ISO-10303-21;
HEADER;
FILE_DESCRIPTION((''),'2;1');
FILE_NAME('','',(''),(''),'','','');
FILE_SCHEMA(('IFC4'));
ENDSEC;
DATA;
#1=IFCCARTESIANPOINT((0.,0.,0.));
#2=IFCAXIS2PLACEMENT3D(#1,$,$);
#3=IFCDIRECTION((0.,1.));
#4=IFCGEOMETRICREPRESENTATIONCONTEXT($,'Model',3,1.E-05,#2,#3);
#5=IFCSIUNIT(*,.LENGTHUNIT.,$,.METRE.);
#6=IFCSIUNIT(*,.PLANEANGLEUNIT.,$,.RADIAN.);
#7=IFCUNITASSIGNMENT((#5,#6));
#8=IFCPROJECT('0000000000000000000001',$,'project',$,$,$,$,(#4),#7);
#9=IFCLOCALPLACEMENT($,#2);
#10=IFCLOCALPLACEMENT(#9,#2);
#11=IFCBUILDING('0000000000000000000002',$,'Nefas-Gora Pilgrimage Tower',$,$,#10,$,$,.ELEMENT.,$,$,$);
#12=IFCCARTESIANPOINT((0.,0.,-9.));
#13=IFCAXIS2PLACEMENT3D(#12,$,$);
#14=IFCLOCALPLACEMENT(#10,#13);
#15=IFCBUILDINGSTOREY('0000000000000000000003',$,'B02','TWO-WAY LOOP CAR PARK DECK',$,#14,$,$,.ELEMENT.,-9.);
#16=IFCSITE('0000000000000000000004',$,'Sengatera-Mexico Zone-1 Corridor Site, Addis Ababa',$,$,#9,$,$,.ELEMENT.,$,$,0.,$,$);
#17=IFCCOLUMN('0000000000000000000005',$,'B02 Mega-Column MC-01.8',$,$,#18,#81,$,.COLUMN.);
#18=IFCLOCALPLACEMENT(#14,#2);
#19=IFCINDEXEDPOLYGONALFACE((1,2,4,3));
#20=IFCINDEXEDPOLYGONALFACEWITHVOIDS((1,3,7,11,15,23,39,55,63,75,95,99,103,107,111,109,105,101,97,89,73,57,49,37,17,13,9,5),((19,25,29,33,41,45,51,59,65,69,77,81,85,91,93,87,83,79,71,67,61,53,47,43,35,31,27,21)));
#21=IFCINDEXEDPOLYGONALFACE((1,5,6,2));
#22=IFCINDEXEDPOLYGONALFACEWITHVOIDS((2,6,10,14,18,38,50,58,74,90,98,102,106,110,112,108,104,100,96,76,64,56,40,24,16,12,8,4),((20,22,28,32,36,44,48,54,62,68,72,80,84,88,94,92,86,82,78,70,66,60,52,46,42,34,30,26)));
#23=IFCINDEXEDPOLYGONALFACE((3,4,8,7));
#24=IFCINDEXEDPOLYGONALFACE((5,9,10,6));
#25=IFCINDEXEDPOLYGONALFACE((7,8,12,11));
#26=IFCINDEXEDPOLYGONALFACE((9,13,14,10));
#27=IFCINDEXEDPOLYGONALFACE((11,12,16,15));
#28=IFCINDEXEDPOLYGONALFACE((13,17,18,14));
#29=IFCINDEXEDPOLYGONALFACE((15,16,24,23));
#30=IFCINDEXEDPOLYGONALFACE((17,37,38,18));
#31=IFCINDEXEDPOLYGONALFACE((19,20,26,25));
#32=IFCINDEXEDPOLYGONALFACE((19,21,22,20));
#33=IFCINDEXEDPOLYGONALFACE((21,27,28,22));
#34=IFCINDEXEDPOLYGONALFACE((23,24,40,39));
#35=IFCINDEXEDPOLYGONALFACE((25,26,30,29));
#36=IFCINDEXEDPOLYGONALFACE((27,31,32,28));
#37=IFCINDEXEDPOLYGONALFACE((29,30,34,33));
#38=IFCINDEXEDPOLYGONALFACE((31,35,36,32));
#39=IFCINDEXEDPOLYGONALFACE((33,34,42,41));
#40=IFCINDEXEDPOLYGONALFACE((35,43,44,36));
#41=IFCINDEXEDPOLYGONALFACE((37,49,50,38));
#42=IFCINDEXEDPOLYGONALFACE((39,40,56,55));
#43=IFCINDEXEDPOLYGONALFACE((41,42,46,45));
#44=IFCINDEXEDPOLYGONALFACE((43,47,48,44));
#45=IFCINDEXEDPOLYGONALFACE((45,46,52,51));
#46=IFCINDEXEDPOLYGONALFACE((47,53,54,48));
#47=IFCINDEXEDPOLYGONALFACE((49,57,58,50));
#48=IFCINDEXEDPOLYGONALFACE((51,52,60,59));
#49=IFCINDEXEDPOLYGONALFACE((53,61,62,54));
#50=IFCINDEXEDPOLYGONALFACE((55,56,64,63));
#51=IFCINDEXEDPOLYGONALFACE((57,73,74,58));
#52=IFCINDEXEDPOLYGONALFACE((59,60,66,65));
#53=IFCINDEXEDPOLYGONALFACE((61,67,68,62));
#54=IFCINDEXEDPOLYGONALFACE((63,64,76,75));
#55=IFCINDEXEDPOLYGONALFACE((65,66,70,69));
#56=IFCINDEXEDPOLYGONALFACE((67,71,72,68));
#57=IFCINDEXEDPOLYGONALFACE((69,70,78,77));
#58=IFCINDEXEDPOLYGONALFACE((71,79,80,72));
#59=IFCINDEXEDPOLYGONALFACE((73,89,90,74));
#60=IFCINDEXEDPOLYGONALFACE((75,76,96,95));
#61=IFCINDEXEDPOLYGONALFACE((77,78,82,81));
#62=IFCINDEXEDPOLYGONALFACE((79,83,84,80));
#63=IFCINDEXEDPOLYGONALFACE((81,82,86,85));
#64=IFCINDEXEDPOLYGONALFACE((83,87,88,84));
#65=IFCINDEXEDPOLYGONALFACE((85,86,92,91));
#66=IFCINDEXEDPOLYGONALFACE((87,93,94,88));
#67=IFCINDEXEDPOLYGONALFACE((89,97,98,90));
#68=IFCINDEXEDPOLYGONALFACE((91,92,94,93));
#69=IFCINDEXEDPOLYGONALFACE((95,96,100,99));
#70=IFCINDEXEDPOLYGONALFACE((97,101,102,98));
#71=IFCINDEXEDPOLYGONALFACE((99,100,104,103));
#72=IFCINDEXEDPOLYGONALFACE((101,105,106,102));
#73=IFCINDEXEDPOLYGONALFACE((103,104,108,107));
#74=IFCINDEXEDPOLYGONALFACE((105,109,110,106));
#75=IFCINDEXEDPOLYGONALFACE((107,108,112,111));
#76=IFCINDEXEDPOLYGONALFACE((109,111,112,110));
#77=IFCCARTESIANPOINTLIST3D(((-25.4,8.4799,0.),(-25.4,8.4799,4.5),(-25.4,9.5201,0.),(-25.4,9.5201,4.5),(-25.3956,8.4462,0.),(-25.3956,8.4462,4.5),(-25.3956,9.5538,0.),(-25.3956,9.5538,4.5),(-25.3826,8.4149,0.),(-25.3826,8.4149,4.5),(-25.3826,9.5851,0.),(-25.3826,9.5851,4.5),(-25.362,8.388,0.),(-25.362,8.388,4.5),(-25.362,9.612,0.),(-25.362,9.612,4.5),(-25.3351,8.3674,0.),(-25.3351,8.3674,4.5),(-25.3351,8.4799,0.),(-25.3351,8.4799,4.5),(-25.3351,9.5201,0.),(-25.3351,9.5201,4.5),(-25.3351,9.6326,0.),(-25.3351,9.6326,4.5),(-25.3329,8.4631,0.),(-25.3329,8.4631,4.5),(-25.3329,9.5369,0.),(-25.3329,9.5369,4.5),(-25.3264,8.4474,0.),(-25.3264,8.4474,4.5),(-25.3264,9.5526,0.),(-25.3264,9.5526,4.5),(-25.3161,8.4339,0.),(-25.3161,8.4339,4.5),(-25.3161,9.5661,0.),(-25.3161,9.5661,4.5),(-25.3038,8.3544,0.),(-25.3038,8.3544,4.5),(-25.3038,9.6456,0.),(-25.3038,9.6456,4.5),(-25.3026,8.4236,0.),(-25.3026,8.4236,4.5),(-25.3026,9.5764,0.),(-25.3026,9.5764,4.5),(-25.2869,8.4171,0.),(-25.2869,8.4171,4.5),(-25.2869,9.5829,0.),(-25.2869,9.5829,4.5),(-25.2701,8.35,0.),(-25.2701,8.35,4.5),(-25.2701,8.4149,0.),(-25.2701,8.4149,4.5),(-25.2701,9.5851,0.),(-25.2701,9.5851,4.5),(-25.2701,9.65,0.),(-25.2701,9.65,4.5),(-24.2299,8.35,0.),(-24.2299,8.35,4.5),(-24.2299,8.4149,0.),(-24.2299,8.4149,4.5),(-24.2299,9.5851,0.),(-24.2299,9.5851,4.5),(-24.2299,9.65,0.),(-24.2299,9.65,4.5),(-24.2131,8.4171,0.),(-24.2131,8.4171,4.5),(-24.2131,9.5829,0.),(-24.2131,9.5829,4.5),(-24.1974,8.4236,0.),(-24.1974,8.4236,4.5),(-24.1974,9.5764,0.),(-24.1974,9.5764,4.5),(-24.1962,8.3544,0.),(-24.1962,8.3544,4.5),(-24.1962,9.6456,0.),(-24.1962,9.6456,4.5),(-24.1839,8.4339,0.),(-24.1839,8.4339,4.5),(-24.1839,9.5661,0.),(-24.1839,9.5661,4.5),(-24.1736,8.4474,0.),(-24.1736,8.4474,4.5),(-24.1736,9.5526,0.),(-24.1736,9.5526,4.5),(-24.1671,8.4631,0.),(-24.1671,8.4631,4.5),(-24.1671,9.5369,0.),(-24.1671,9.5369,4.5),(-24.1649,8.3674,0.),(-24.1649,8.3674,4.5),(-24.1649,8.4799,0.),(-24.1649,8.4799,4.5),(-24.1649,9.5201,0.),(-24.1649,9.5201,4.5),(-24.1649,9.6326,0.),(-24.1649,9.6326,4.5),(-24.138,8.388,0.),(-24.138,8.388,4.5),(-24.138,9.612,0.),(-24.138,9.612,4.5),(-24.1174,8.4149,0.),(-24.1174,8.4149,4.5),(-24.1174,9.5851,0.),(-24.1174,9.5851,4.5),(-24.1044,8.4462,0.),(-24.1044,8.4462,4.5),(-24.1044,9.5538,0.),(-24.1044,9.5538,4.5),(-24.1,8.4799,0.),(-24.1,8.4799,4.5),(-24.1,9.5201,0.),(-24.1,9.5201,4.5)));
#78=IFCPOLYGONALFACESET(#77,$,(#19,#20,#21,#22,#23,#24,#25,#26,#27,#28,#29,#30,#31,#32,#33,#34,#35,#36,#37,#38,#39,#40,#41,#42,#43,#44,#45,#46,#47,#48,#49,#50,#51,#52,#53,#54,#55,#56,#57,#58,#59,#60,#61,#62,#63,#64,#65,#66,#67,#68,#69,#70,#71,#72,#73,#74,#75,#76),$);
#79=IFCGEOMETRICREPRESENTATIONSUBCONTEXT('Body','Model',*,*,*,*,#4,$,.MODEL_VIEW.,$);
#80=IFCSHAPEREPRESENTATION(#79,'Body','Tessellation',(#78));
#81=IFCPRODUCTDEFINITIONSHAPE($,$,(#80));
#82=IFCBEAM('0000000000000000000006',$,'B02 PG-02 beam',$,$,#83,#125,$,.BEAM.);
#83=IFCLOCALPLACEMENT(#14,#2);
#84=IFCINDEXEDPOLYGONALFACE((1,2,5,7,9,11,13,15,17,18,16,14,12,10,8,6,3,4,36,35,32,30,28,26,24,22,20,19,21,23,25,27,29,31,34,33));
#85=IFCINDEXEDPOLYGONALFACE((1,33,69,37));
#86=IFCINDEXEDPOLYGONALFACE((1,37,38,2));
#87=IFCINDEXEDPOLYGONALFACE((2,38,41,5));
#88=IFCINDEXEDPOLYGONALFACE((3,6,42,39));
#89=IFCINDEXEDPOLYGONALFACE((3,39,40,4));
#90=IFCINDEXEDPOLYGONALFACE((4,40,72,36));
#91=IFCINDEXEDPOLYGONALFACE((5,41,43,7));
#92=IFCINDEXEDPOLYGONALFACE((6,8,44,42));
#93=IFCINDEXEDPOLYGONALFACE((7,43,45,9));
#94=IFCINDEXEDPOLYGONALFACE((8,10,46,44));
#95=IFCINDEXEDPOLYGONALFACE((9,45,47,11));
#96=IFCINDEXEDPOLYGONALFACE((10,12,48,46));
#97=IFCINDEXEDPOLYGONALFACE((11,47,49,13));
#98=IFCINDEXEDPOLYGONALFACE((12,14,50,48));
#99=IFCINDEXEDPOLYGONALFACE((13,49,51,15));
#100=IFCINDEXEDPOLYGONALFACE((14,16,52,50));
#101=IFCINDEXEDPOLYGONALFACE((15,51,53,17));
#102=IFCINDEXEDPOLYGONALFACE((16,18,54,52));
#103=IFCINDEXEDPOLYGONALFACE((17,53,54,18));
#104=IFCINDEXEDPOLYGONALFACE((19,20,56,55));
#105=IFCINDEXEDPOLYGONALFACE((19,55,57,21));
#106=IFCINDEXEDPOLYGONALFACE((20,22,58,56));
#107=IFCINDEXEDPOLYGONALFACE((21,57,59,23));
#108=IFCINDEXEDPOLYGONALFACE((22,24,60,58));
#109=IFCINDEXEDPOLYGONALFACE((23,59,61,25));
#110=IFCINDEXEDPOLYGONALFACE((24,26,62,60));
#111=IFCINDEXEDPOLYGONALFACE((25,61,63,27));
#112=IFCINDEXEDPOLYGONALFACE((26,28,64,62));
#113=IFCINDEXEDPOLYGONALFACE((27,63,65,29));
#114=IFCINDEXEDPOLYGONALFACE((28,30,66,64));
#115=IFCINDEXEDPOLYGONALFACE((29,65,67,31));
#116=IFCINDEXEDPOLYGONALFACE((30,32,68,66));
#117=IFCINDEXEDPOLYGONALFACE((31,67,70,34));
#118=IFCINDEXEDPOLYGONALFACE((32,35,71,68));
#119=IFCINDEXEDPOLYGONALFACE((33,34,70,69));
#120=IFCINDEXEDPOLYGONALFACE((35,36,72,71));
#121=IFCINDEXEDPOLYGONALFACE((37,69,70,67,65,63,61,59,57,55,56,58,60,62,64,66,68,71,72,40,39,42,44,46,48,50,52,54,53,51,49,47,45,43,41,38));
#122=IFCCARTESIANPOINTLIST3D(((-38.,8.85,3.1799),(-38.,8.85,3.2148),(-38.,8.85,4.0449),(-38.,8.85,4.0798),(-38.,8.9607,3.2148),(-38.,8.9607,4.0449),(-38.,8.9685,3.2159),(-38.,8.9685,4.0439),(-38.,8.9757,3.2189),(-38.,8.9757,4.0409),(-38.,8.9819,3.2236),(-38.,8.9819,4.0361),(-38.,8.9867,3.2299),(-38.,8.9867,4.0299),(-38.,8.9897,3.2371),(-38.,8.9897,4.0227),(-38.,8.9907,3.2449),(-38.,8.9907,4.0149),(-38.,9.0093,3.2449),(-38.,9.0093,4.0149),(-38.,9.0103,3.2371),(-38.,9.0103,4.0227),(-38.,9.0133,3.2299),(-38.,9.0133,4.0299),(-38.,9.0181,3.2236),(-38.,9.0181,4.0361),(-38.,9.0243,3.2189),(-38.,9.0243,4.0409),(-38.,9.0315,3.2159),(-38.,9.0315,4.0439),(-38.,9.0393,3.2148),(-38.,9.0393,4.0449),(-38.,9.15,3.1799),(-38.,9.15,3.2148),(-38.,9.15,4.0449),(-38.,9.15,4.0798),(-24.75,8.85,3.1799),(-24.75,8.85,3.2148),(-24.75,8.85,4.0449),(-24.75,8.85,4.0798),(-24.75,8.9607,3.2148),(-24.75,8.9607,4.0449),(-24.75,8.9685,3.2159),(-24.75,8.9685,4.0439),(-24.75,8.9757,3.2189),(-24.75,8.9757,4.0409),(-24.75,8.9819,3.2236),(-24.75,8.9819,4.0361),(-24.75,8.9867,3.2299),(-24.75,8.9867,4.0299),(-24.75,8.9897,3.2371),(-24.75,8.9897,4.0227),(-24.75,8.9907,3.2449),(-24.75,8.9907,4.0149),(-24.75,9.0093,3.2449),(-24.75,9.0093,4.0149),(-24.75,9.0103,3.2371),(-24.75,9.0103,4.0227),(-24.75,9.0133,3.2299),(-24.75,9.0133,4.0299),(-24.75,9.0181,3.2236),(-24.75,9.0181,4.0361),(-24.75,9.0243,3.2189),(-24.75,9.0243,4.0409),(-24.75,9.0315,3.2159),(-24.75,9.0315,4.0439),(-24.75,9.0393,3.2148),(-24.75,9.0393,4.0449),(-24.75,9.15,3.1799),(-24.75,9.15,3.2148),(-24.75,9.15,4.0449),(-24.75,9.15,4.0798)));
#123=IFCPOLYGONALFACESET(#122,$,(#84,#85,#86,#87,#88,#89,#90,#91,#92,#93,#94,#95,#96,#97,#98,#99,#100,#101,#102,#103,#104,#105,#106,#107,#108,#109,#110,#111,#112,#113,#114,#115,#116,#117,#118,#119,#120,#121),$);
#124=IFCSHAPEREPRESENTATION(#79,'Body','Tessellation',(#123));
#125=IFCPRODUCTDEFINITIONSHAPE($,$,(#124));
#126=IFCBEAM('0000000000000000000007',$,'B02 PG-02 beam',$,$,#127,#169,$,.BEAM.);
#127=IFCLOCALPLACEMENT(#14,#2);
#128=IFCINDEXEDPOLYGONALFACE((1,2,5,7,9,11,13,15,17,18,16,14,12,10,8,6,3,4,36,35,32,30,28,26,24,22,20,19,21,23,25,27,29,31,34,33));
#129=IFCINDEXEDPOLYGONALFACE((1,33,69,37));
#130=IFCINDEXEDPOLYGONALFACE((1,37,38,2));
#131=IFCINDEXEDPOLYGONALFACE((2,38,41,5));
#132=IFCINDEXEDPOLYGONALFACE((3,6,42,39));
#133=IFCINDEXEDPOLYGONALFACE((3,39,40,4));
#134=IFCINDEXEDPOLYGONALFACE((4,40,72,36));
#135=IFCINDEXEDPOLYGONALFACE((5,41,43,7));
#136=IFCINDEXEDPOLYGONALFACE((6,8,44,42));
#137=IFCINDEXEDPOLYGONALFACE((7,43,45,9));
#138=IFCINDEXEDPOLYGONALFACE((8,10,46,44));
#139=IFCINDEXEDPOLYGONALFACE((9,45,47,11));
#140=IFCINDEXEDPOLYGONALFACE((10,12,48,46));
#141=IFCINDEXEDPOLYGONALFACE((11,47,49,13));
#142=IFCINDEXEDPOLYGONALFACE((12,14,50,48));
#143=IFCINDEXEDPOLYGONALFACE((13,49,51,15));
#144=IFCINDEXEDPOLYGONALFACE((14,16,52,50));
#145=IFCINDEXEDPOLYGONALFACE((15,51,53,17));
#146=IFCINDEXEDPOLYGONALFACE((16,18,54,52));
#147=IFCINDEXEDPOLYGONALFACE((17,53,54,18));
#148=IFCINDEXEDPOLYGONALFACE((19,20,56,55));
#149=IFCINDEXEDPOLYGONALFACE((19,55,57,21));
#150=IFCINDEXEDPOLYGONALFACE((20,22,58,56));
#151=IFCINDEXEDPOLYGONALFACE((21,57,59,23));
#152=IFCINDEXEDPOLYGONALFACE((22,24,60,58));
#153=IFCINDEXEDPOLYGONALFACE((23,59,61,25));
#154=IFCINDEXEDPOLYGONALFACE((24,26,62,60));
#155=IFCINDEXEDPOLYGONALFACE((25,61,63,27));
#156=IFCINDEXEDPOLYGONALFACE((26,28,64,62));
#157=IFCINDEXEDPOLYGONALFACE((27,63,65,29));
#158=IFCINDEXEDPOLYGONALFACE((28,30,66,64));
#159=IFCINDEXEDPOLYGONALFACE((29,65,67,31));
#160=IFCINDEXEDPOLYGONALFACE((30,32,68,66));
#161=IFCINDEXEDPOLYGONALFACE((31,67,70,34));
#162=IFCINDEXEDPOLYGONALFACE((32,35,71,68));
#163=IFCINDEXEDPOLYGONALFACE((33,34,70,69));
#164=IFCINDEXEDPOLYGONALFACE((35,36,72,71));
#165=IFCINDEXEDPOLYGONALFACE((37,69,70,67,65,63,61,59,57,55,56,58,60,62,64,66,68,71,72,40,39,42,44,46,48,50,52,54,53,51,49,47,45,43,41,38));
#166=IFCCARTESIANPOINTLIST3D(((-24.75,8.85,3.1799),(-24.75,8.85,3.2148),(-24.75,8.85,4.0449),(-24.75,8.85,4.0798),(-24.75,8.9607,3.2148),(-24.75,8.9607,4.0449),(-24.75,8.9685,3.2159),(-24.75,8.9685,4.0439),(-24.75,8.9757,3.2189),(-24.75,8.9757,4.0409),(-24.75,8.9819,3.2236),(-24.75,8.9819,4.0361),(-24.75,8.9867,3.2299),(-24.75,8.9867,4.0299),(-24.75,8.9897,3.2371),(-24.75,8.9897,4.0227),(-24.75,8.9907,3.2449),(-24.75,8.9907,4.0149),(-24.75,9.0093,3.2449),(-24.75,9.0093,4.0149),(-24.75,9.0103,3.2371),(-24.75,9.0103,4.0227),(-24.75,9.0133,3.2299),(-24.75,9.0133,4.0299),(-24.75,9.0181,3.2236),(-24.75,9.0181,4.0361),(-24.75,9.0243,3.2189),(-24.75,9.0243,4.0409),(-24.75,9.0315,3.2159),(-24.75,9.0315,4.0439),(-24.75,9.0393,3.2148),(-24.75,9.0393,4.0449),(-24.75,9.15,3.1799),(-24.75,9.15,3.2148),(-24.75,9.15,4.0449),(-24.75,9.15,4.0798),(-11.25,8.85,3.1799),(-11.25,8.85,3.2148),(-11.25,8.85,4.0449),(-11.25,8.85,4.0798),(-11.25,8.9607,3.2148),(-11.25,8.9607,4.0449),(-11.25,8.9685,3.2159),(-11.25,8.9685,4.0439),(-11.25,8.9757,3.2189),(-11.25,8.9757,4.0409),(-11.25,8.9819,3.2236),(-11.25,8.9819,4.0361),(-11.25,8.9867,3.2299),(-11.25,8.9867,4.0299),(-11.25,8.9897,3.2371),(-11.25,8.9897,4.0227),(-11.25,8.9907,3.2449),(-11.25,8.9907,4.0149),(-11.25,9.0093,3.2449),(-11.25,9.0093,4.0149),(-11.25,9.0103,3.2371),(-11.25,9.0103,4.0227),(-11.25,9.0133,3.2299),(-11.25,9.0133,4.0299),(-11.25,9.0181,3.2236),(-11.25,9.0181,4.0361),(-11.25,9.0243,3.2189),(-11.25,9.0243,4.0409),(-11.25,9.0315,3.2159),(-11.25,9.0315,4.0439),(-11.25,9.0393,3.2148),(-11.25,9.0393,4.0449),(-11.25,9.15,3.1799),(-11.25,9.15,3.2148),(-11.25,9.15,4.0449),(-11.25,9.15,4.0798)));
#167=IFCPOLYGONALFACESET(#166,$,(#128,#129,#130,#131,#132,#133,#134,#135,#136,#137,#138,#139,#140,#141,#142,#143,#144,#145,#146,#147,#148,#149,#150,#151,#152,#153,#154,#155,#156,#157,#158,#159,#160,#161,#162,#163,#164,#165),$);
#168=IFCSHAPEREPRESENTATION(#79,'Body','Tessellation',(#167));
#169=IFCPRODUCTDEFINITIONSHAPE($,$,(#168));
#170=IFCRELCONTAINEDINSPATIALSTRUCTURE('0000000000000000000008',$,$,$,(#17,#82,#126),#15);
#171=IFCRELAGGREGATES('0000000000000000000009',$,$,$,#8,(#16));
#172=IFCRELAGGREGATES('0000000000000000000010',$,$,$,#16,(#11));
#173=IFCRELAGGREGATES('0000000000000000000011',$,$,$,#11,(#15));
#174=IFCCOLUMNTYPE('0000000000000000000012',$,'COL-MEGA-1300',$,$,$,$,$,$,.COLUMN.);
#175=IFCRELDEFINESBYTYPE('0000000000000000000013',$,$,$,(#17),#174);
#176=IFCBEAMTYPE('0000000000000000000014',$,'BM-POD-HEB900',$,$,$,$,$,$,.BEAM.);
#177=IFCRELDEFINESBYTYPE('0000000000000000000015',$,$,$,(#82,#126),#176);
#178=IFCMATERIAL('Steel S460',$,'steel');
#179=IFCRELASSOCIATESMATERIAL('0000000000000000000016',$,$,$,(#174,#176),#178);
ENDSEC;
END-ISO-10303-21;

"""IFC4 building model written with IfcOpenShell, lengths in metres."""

from ifc_helpers import new_model, si_unit, direction, frame, origin, origin_2d, place, context, subcontext, project, spatial, hollow_rectangle, i_section, extrude, source, transform, mapped, material, material_profile, profile_set, type_object, element, save


model = new_model("IFC4")

# Units and contexts
model_context = context("Model", 3, precision=1e-05, world=origin(), true_north=direction((0.0, 1.0)))
body_context = subcontext(model_context, "Body", "Model", "MODEL_VIEW")
ifc_project = project(units=[si_unit("LENGTHUNIT", "METRE"), si_unit("PLANEANGLEUNIT", "RADIAN")], contexts=[model_context])

# Site, building, storey
site_placement = place(None, origin())
site = spatial("IfcSite", under=ifc_project, at=site_placement, Name="Sengatera-Mexico Zone-1 Corridor Site, Addis Ababa", CompositionType="ELEMENT", RefElevation=0.0)
building_placement = place(site_placement, origin())
building = spatial("IfcBuilding", under=site, at=building_placement, Name="Nefas-Gora Pilgrimage Tower", CompositionType="ELEMENT")
storey_placement = place(building_placement, frame((0.0, 0.0, -9.0)))
storey = spatial("IfcBuildingStorey", under=building, at=storey_placement, Name="B02", Description="TWO-WAY LOOP CAR PARK DECK", CompositionType="ELEMENT", Elevation=-9.0)

# Column
ifc_material_1 = material(Name="Steel S460", Category="steel")
ifc_material_profile_1 = material_profile(ifc_material_1, hollow_rectangle(XDim=1.3, YDim=1.3, WallThickness=0.0649, InnerFilletRadius=0.0649, OuterFilletRadius=0.1299, at=origin_2d()), Name="BOX 1300x1300x65")
ifc_profile_set_1 = profile_set([ifc_material_profile_1], Name="Steel S460")
column_type = type_object("IfcColumnType", Name="COL-MEGA-1300", PredefinedType="COLUMN", material=ifc_profile_set_1)
shared_shape_1 = source(origin(), body_context, "Body", "SweptSolid", [
    extrude(hollow_rectangle(XDim=1.3, YDim=1.3, WallThickness=0.0649, InnerFilletRadius=0.0649, OuterFilletRadius=0.1299, at=origin_2d()), origin(), (0.0, 0.0, 1.0), 4.5),
])
column_placement = place(storey_placement, frame((-24.75, 9.0, 0.0), z_axis=(0.0, 0.0, 1.0), x_axis=(1.0, 0.0, 0.0)))
element("IfcColumn", 1, at=column_placement, inside=storey, type_object=column_type, Name="B02 Mega-Column MC-01.8", PredefinedType="COLUMN", context=body_context, shape_type="MappedRepresentation", body=[
    mapped(shared_shape_1, transform((0.0, 0.0, 0.0), x_axis=(1.0, 0.0, 0.0), y_axis=(0.0, 1.0, 0.0), z_axis=(0.0, 0.0, 1.0), scale=1.0)),
])

# Beams
ifc_material_profile_2 = material_profile(ifc_material_1, i_section(OverallWidth=0.3, OverallDepth=0.8999, WebThickness=0.0186, FlangeThickness=0.0349, FilletRadius=0.03, at=origin_2d()), Name="HEB 900")
ifc_profile_set_2 = profile_set([ifc_material_profile_2], Name="Steel S460")
beam_type = type_object("IfcBeamType", Name="BM-POD-HEB900", PredefinedType="BEAM", material=ifc_profile_set_2)
shared_shape_2 = source(origin(), body_context, "Body", "SweptSolid", [
    extrude(i_section(OverallWidth=0.3, OverallDepth=0.8999, WebThickness=0.0186, FlangeThickness=0.0349, FilletRadius=0.03, at=origin_2d()), origin(), (0.0, 0.0, 1.0), 13.25),
])
beam_1_placement = place(storey_placement, frame((-38.0, 9.0, 3.6299), z_axis=(1.0, 0.0, 0.0), x_axis=(0.0, 1.0, 0.0)))
element("IfcBeam", 2, at=beam_1_placement, inside=storey, type_object=beam_type, Name="B02 PG-02 beam", PredefinedType="BEAM", context=body_context, shape_type="MappedRepresentation", body=[
    mapped(shared_shape_2, transform((0.0, 0.0, 0.0), x_axis=(1.0, 0.0, 0.0), y_axis=(0.0, 1.0, 0.0), z_axis=(0.0, 0.0, 1.0), scale=1.0)),
])
shared_shape_3 = source(origin(), body_context, "Body", "SweptSolid", [
    extrude(i_section(OverallWidth=0.3, OverallDepth=0.8999, WebThickness=0.0186, FlangeThickness=0.0349, FilletRadius=0.03, at=origin_2d()), origin(), (0.0, 0.0, 1.0), 13.5),
])
beam_2_placement = place(storey_placement, frame((-24.75, 9.0, 3.6299), z_axis=(1.0, 0.0, 0.0), x_axis=(0.0, 1.0, 0.0)))
element("IfcBeam", 3, at=beam_2_placement, inside=storey, type_object=beam_type, Name="B02 PG-02 beam", PredefinedType="BEAM", context=body_context, shape_type="MappedRepresentation", body=[
    mapped(shared_shape_3, transform((0.0, 0.0, 0.0), x_axis=(1.0, 0.0, 0.0), y_axis=(0.0, 1.0, 0.0), z_axis=(0.0, 0.0, 1.0), scale=1.0)),
])

save(model, "model.ifc")
